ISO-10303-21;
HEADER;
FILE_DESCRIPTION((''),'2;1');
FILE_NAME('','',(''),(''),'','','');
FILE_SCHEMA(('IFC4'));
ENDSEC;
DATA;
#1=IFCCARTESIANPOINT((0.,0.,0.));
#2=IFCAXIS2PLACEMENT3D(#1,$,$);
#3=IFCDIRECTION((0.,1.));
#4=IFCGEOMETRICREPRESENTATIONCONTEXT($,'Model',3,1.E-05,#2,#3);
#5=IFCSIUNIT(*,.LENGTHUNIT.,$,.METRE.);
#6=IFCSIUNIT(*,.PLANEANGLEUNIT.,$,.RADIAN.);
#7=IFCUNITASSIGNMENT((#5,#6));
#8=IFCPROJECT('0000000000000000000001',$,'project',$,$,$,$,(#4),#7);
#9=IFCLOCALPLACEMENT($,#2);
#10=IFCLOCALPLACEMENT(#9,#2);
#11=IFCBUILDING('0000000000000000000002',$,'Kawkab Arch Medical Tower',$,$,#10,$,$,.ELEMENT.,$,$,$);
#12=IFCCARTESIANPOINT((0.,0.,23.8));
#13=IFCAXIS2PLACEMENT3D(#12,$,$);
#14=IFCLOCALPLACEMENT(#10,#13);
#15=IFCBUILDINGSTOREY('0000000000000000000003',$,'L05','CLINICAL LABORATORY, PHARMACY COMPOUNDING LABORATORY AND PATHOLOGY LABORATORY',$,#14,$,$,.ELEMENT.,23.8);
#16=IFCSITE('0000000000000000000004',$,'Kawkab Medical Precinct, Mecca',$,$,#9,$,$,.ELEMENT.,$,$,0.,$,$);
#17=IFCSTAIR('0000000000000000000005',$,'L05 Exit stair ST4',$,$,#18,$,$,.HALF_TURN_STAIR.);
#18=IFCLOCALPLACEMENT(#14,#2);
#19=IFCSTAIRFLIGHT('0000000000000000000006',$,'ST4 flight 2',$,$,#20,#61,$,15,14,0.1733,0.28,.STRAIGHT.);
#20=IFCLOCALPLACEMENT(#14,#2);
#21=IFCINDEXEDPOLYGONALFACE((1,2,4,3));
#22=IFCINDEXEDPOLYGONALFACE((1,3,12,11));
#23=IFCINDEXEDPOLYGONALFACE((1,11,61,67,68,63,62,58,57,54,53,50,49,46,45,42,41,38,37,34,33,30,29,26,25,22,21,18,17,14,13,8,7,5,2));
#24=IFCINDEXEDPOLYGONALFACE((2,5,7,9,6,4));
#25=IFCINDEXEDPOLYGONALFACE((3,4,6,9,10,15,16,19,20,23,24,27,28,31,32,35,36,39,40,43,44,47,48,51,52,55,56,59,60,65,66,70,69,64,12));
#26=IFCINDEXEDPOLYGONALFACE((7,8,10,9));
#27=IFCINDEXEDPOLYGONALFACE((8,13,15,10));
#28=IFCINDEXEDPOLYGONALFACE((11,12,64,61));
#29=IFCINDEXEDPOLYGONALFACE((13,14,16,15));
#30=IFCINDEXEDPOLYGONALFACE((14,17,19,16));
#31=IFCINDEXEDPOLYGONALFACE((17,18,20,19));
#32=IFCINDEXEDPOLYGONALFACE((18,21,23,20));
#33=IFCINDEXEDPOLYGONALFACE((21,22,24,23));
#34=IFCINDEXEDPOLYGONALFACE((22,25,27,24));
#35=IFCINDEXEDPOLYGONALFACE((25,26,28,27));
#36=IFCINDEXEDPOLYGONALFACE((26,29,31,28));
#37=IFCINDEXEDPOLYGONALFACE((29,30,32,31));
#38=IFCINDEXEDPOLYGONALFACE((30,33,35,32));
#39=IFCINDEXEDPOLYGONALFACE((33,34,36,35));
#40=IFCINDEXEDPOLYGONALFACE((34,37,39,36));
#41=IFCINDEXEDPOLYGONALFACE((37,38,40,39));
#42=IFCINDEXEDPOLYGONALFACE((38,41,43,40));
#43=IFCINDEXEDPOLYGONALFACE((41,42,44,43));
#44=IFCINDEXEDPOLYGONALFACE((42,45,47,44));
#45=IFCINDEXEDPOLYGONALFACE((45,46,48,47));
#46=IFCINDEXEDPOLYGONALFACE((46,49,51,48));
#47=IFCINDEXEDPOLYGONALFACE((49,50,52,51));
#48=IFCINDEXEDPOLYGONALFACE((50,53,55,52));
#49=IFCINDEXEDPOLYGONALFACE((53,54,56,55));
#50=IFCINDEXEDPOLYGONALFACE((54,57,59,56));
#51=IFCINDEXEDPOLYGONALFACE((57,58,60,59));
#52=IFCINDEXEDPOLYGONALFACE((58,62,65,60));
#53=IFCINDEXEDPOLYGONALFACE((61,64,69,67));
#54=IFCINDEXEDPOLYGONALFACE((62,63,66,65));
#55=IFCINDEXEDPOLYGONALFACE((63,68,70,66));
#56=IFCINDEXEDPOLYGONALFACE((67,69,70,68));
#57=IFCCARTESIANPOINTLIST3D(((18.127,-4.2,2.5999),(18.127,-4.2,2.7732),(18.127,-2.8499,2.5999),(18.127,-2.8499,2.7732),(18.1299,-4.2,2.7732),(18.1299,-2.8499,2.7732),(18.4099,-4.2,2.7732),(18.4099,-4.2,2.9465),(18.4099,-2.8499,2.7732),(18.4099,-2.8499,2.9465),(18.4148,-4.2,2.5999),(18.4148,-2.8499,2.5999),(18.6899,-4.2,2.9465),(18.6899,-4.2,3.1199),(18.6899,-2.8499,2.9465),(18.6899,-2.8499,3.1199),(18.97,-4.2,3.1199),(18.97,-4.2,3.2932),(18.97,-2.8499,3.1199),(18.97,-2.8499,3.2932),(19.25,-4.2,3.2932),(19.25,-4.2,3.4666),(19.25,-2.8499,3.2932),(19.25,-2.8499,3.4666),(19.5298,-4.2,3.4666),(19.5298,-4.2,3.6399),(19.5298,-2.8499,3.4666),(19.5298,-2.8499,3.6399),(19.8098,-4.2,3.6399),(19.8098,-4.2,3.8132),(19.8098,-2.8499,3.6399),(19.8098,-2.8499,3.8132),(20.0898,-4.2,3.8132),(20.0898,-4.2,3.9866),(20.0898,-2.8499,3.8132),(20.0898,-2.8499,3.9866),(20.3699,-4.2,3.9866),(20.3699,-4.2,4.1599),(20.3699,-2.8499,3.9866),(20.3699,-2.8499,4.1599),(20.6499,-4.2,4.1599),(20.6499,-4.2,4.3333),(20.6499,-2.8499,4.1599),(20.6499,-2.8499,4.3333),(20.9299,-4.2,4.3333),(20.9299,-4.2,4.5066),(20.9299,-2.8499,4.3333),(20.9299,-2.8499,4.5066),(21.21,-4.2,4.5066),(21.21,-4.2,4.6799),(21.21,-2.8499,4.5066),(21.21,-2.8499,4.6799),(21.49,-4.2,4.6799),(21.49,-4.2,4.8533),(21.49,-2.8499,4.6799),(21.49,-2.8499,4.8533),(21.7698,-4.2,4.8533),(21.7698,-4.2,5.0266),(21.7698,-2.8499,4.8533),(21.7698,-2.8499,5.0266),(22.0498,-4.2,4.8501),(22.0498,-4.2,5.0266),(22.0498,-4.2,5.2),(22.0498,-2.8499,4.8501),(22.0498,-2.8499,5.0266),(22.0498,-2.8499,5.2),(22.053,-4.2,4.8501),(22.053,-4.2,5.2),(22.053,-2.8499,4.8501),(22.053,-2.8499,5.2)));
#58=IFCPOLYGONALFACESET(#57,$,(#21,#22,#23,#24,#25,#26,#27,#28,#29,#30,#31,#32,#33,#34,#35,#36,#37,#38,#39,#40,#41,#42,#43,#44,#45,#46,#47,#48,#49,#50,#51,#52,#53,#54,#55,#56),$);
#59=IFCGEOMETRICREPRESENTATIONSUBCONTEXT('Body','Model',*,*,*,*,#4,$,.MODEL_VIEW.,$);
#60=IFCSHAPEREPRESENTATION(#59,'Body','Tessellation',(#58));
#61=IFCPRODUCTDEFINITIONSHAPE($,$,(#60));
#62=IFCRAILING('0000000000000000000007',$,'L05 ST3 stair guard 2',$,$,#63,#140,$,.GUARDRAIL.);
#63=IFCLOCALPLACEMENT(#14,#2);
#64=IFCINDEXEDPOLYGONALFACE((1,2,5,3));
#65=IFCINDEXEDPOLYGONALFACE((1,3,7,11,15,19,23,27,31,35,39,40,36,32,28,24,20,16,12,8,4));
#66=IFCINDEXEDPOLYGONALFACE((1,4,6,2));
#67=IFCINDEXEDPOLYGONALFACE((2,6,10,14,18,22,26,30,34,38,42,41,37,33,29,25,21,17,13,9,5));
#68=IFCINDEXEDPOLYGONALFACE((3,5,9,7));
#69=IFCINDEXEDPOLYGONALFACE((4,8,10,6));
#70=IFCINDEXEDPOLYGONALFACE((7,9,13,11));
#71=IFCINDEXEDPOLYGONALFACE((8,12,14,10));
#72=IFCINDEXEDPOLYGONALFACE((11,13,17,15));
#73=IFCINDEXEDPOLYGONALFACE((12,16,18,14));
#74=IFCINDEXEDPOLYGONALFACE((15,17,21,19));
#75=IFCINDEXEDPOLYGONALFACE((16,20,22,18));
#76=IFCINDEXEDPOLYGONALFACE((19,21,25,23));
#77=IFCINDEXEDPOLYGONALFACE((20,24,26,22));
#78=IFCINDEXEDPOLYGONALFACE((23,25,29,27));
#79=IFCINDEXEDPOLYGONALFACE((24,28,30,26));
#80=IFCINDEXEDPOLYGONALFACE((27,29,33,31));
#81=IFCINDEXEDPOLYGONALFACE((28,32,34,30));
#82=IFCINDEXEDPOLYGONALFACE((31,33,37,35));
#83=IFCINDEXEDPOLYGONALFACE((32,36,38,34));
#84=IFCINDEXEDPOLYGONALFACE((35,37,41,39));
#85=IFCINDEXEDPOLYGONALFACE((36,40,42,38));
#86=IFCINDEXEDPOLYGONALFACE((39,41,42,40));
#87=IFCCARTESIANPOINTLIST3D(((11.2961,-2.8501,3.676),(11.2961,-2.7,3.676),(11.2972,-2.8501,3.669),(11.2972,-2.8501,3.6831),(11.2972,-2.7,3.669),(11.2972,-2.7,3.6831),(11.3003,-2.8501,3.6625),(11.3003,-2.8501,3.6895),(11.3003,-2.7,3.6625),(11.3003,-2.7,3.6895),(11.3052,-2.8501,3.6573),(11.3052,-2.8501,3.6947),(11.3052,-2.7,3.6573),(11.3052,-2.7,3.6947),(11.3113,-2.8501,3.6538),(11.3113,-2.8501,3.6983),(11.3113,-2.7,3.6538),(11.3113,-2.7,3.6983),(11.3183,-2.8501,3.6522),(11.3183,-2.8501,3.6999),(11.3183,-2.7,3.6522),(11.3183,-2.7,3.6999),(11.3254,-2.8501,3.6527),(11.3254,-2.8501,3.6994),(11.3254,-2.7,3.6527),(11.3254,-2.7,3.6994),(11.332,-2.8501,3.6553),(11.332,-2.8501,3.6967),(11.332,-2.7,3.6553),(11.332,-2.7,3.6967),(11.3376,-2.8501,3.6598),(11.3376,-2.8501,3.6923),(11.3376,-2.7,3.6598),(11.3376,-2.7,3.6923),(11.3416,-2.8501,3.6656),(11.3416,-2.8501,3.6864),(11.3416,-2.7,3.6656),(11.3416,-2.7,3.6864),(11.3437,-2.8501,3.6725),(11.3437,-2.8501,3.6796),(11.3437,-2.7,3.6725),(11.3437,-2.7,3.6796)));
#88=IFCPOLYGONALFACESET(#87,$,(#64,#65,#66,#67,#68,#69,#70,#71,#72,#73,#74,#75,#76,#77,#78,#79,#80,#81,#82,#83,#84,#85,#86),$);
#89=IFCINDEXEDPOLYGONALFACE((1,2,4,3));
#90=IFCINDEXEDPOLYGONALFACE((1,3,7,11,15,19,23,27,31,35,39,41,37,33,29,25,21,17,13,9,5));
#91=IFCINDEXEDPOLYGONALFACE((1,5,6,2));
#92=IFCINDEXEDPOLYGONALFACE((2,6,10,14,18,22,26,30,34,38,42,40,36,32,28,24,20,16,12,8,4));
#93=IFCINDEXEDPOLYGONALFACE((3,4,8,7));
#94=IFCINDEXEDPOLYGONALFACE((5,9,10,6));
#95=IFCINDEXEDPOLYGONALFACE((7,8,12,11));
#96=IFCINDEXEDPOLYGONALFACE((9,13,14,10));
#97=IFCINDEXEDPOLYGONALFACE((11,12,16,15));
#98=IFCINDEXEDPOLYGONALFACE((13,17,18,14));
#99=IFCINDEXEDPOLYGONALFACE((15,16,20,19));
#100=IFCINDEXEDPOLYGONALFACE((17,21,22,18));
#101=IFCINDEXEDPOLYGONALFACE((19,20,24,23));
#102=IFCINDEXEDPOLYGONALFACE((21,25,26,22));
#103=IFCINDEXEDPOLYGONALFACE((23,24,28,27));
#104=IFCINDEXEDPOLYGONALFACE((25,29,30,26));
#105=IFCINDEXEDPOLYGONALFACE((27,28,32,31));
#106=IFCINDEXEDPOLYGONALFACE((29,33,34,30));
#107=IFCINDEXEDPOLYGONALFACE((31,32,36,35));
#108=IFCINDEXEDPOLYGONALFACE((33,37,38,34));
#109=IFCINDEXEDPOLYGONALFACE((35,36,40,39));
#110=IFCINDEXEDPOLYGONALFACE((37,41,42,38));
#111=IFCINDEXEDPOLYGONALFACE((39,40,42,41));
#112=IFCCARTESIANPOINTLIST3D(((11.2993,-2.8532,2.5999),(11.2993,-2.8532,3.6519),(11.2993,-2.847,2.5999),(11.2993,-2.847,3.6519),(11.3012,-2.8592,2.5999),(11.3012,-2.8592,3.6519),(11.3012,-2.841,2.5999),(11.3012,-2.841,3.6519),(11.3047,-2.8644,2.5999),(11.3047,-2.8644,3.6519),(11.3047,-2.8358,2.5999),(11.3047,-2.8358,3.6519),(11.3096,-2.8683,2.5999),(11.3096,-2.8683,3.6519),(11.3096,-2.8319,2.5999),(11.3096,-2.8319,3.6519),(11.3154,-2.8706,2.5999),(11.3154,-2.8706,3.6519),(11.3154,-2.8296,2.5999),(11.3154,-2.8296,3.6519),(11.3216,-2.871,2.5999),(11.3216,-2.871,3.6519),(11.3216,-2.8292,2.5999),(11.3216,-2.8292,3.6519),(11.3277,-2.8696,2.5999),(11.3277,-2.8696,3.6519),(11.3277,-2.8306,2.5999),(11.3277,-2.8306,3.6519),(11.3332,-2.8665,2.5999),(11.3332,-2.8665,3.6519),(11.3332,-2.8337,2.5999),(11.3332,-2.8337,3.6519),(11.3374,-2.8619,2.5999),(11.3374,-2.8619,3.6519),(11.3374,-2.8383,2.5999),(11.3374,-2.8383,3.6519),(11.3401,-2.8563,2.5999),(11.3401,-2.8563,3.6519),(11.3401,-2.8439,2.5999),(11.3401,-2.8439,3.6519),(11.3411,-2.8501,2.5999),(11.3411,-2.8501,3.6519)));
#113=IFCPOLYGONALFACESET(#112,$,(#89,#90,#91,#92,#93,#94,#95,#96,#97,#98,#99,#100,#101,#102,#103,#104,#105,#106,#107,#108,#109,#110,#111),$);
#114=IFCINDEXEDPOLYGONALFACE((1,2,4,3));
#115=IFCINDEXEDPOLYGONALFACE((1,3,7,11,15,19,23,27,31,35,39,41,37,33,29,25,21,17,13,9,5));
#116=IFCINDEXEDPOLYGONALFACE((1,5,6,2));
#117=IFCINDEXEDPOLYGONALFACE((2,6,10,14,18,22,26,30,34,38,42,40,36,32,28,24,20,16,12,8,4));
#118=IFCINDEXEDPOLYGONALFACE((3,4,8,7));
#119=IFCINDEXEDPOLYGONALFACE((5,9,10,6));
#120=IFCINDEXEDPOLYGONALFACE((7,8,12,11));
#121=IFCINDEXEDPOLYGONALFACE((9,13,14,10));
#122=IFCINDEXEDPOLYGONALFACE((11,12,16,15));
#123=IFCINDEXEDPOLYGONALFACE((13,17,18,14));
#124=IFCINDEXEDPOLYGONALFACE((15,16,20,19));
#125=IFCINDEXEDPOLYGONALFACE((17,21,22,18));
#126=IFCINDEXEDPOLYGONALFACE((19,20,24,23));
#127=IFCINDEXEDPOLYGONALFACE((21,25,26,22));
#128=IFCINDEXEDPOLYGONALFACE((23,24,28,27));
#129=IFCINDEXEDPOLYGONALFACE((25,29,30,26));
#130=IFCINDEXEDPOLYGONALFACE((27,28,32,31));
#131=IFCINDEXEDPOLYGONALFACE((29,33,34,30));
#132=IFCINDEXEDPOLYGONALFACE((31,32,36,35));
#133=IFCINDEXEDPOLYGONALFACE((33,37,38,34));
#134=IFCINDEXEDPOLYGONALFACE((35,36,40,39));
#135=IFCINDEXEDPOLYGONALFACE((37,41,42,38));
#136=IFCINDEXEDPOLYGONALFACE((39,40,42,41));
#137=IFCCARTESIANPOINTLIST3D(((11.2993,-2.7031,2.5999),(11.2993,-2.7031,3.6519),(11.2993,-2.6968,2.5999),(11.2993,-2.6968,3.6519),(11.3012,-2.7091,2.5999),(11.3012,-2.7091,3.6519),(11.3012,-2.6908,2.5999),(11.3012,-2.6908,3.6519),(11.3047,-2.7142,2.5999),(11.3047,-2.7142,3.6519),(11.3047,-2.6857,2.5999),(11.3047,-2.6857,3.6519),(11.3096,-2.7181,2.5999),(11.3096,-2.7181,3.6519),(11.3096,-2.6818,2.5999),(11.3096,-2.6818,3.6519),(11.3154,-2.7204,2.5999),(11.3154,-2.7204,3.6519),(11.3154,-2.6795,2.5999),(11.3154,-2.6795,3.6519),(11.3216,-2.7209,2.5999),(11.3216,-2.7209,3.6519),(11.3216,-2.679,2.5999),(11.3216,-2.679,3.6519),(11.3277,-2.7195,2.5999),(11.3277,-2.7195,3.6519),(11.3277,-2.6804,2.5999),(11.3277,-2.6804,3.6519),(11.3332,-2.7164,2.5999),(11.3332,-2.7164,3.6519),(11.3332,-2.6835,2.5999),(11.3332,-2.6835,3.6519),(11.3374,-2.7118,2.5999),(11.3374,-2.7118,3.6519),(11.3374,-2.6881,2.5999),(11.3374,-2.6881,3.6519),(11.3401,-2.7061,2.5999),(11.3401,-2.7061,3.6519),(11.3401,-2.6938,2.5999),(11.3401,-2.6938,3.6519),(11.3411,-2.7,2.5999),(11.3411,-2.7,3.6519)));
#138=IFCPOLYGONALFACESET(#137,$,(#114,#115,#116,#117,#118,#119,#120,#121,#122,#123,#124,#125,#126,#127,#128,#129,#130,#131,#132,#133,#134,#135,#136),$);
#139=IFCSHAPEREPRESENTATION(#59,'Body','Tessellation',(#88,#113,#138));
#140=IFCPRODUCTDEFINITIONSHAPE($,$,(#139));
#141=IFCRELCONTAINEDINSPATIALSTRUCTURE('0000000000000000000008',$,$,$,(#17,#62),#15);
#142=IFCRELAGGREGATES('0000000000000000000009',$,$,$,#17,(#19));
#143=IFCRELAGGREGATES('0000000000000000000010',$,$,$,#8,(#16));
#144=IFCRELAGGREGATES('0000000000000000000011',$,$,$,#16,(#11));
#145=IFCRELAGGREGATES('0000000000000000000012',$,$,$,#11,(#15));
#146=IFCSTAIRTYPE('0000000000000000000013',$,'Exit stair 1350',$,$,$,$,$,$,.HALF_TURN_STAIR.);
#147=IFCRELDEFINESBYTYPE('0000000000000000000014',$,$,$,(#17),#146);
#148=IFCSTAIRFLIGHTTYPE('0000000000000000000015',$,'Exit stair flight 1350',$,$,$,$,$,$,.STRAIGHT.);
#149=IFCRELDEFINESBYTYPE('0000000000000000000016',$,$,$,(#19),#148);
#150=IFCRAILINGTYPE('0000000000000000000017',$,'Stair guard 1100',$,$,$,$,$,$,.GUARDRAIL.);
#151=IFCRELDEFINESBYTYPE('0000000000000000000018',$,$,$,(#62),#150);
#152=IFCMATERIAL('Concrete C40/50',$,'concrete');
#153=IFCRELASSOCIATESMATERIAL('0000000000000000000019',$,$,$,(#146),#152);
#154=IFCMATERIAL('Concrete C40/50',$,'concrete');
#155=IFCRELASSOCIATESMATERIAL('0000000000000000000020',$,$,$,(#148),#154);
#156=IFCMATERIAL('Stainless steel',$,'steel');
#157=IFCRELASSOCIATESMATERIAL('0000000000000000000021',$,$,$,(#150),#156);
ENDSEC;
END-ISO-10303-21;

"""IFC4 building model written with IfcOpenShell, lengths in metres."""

from ifc_helpers import new_model, si_unit, direction, frame, origin, origin_2d, place, context, subcontext, project, spatial, polyline, circle, outline, extrude, material, type_object, element, aggregate, save


model = new_model("IFC4")

# Units and contexts
model_context = context("Model", 3, precision=1e-05, world=origin(), true_north=direction((0.0, 1.0)))
body_context = subcontext(model_context, "Body", "Model", "MODEL_VIEW")
ifc_project = project(units=[si_unit("LENGTHUNIT", "METRE"), si_unit("PLANEANGLEUNIT", "RADIAN")], contexts=[model_context])

# Site, building, storey
site_placement = place(None, origin())
site = spatial("IfcSite", under=ifc_project, at=site_placement, Name="Kawkab Medical Precinct, Mecca", CompositionType="ELEMENT", RefElevation=0.0)
building_placement = place(site_placement, origin())
building = spatial("IfcBuilding", under=site, at=building_placement, Name="Kawkab Arch Medical Tower", CompositionType="ELEMENT")
storey_placement = place(building_placement, frame((0.0, 0.0, 23.8)))
storey = spatial("IfcBuildingStorey", under=building, at=storey_placement, Name="L05", Description="CLINICAL LABORATORY, PHARMACY COMPOUNDING LABORATORY AND PATHOLOGY LABORATORY", CompositionType="ELEMENT", Elevation=23.8)

# Shared definitions
ifc_material_1 = material(Name="Concrete C40/50", Category="concrete")
stair_type = type_object("IfcStairType", Name="Exit stair 1350", PredefinedType="HALF_TURN_STAIR", material=ifc_material_1)
placement = place(storey_placement, origin())
ifc_material_2 = material(Name="Concrete C40/50", Category="concrete")
stair_flight_type = type_object("IfcStairFlightType", Name="Exit stair flight 1350", PredefinedType="STRAIGHT", material=ifc_material_2)

# Stair, stair flight
stair_1 = element("IfcStair", 1, at=placement, inside=storey, type_object=stair_type, Name="L05 Exit stair ST4", PredefinedType="HALF_TURN_STAIR")
stair_flight_1_placement = place(storey_placement, frame((18.1299, -3.5249, 2.5999), z_axis=(0.0, 0.0, 1.0), x_axis=(1.0, 0.0, 0.0)))
stair_flight_1 = element("IfcStairFlight", 2, at=stair_flight_1_placement, type_object=stair_flight_type, Name="ST4 flight 2", NumberOfRisers=15, NumberOfTreads=14, PredefinedType="STRAIGHT", RiserHeight=0.1733, TreadLength=0.28, context=body_context, shape_type="SweptSolid", body=[
    extrude(outline(polyline([(-0.0029, 0.0), (-0.0029, 0.1733), (0.0, 0.1733), (0.28, 0.1733), (0.28, 0.3467), (0.5601, 0.3467), (0.5601, 0.52), (0.8401, 0.52), (0.8401, 0.6934), (1.1201, 0.6934), (1.1201, 0.8667), (1.3999, 0.8667), (1.3999, 1.04), (1.6799, 1.04), (1.6799, 1.2134), (1.96, 1.2134), (1.96, 1.3867), (2.24, 1.3867), (2.24, 1.5601), (2.52, 1.5601), (2.52, 1.7334), (2.8, 1.7334), (2.8, 1.9067), (3.0801, 1.9067), (3.0801, 2.0801), (3.3601, 2.0801), (3.3601, 2.2534), (3.6399, 2.2534), (3.6399, 2.4268), (3.9199, 2.4268), (3.9199, 2.6001), (3.9231, 2.6001), (3.9231, 2.2502), (3.9199, 2.2502), (0.2849, 0.0), (-0.0029, 0.0)])), frame((0.0, 0.675, 0.0), z_axis=(0.0, -1.0, 0.0), x_axis=(1.0, 0.0, 0.0)), (0.0, 0.0, 1.0), 1.3501),
])
aggregate(stair_1, [stair_flight_1])

# Railing
ifc_material_3 = material(Name="Stainless steel", Category="steel")
railing_type = type_object("IfcRailingType", Name="Stair guard 1100", PredefinedType="GUARDRAIL", material=ifc_material_3)
railing_1_placement = place(storey_placement, frame((11.3201, -2.8501, 2.5999)))
element("IfcRailing", 3, at=railing_1_placement, inside=storey, type_object=railing_type, Name="L05 ST3 stair guard 2", PredefinedType="GUARDRAIL", context=body_context, shape_type="SweptSolid", body=[
    extrude(circle(Radius=0.0239, at=origin_2d()), frame((0.0, 0.0, 1.0762), z_axis=(0.0, 1.0, 0.0), x_axis=(-1.0, 0.0, 0.0)), (0.0, 0.0, 1.0), 0.1501),
    extrude(circle(Radius=0.021, at=origin_2d()), origin(), (0.0, 0.0, 1.0), 1.052),
    extrude(circle(Radius=0.021, at=origin_2d()), frame((0.0, 0.1501, 0.0)), (0.0, 0.0, 1.0), 1.052),
])

save(model, "model.ifc")
